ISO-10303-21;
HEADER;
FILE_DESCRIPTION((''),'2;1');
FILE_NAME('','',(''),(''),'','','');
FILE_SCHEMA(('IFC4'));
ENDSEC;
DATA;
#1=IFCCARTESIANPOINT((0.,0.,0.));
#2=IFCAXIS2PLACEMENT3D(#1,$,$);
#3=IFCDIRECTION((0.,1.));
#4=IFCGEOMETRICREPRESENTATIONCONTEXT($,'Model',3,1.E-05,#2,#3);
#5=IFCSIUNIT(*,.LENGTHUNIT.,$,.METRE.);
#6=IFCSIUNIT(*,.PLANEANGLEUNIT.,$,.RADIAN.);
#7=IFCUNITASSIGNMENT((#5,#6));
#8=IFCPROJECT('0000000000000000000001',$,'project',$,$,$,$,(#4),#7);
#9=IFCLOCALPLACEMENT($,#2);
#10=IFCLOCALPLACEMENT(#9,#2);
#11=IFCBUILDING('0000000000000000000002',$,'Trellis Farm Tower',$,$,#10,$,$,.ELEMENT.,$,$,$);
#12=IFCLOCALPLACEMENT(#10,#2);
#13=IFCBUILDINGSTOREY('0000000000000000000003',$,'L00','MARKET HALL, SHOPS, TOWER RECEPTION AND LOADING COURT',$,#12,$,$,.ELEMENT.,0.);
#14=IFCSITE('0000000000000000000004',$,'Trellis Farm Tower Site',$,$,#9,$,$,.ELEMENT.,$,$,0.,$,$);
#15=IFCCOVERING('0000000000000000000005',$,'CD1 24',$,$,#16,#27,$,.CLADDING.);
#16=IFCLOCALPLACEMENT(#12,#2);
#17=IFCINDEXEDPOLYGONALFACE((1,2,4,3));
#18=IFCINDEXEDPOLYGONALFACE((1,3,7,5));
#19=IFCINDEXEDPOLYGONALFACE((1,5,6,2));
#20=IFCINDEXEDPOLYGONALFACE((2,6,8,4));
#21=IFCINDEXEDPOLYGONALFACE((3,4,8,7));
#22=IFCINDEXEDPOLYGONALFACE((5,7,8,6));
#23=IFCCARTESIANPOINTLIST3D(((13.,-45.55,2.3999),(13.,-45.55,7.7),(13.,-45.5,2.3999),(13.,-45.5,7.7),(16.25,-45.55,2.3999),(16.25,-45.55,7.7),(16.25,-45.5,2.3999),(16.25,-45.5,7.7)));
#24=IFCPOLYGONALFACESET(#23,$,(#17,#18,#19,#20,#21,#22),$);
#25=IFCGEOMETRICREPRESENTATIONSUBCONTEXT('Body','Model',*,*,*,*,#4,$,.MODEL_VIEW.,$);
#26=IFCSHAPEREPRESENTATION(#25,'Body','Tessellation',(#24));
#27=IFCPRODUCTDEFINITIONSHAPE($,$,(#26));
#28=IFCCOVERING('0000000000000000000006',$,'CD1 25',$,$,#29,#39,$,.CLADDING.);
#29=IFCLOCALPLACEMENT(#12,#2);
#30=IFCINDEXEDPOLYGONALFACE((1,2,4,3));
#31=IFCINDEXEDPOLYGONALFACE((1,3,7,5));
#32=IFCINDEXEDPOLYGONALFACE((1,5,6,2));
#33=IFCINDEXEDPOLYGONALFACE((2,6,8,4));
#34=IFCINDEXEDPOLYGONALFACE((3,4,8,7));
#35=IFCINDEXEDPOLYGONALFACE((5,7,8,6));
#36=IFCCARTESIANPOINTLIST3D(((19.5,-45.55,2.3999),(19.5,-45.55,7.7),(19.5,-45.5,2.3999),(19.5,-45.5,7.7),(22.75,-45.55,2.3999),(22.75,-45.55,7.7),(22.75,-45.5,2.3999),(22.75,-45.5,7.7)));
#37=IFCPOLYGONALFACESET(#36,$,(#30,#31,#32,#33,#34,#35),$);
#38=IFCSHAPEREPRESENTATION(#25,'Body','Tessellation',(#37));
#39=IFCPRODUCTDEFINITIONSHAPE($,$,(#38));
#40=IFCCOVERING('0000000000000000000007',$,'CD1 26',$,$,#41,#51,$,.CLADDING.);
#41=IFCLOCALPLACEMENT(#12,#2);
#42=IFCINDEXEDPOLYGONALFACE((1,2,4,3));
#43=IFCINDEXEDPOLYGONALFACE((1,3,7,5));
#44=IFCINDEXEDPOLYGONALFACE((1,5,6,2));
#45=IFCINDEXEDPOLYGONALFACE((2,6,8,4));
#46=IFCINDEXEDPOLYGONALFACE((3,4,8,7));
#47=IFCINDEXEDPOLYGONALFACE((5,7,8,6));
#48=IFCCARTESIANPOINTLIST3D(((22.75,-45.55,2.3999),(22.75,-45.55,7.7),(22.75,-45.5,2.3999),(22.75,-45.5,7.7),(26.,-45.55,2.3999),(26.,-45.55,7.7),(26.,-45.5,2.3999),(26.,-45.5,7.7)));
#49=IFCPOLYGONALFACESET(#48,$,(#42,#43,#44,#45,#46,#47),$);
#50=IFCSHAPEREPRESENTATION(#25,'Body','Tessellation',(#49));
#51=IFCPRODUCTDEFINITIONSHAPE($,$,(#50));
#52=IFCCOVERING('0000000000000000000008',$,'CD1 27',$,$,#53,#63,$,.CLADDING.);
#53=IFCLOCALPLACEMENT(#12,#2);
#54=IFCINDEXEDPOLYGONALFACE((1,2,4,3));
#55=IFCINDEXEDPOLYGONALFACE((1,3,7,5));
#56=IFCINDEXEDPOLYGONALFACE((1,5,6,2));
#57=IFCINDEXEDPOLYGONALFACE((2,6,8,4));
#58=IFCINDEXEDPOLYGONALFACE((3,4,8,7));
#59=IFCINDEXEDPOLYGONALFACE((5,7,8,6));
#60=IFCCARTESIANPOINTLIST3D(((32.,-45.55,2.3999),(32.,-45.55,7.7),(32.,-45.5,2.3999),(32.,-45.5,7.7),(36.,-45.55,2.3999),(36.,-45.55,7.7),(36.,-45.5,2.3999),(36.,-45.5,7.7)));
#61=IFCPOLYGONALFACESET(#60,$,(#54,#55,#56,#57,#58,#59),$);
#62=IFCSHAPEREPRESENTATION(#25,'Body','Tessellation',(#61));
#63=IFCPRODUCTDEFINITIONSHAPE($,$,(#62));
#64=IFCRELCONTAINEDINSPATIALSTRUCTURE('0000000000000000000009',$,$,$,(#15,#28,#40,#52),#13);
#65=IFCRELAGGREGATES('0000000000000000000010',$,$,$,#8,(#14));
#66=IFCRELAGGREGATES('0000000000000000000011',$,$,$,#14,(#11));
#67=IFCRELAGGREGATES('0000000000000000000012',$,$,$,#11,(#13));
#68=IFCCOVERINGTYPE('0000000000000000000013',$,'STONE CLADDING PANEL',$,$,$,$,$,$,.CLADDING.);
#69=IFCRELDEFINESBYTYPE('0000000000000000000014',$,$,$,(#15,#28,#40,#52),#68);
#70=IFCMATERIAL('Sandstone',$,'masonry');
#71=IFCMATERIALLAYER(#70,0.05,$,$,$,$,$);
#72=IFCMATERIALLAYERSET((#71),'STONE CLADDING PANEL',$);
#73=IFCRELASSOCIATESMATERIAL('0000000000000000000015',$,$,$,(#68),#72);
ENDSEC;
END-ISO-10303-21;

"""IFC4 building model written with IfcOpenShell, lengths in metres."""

from ifc_helpers import new_model, si_unit, direction, frame, origin, place, context, subcontext, project, spatial, polyline, outline, extrude, material, layer, layer_set, type_object, element, save


model = new_model("IFC4")

# Units and contexts
model_context = context("Model", 3, precision=1e-05, world=origin(), true_north=direction((0.0, 1.0)))
body_context = subcontext(model_context, "Body", "Model", "MODEL_VIEW")
ifc_project = project(units=[si_unit("LENGTHUNIT", "METRE"), si_unit("PLANEANGLEUNIT", "RADIAN")], contexts=[model_context])

# Site, building, storey
site_placement = place(None, origin())
site = spatial("IfcSite", under=ifc_project, at=site_placement, Name="Trellis Farm Tower Site", CompositionType="ELEMENT", RefElevation=0.0)
building_placement = place(site_placement, origin())
building = spatial("IfcBuilding", under=site, at=building_placement, Name="Trellis Farm Tower", CompositionType="ELEMENT")
storey_placement = place(building_placement, origin())
storey = spatial("IfcBuildingStorey", under=building, at=storey_placement, Name="L00", Description="MARKET HALL, SHOPS, TOWER RECEPTION AND LOADING COURT", CompositionType="ELEMENT", Elevation=0.0)

# Coverings
ifc_material_1 = material(Name="Sandstone", Category="masonry")
ifc_layer_1 = layer(ifc_material_1, 0.05)
ifc_layer_set_1 = layer_set([ifc_layer_1], Name="STONE CLADDING PANEL")
covering_type = type_object("IfcCoveringType", Name="STONE CLADDING PANEL", PredefinedType="CLADDING", material=ifc_layer_set_1)
placement_1 = place(storey_placement, frame((0.0, 0.0, 2.3999)))
element("IfcCovering", 1, at=placement_1, inside=storey, type_object=covering_type, Name="CD1 24", PredefinedType="CLADDING", context=body_context, shape_type="SweptSolid", body=[
    extrude(outline(polyline([(13.0, -45.55), (16.25, -45.55), (16.25, -45.5), (13.0, -45.5), (13.0, -45.55)])), origin(), (0.0, 0.0, 1.0), 5.3),
])
element("IfcCovering", 2, at=placement_1, inside=storey, type_object=covering_type, Name="CD1 25", PredefinedType="CLADDING", context=body_context, shape_type="SweptSolid", body=[
    extrude(outline(polyline([(19.5, -45.55), (22.75, -45.55), (22.75, -45.5), (19.5, -45.5), (19.5, -45.55)])), origin(), (0.0, 0.0, 1.0), 5.3),
])
element("IfcCovering", 3, at=placement_1, inside=storey, type_object=covering_type, Name="CD1 26", PredefinedType="CLADDING", context=body_context, shape_type="SweptSolid", body=[
    extrude(outline(polyline([(22.75, -45.55), (26.0, -45.55), (26.0, -45.5), (22.75, -45.5), (22.75, -45.55)])), origin(), (0.0, 0.0, 1.0), 5.3),
])
element("IfcCovering", 4, at=placement_1, inside=storey, type_object=covering_type, Name="CD1 27", PredefinedType="CLADDING", context=body_context, shape_type="SweptSolid", body=[
    extrude(outline(polyline([(32.0, -45.55), (36.0, -45.55), (36.0, -45.5), (32.0, -45.5), (32.0, -45.55)])), origin(), (0.0, 0.0, 1.0), 5.3),
])

save(model, "model.ifc")
